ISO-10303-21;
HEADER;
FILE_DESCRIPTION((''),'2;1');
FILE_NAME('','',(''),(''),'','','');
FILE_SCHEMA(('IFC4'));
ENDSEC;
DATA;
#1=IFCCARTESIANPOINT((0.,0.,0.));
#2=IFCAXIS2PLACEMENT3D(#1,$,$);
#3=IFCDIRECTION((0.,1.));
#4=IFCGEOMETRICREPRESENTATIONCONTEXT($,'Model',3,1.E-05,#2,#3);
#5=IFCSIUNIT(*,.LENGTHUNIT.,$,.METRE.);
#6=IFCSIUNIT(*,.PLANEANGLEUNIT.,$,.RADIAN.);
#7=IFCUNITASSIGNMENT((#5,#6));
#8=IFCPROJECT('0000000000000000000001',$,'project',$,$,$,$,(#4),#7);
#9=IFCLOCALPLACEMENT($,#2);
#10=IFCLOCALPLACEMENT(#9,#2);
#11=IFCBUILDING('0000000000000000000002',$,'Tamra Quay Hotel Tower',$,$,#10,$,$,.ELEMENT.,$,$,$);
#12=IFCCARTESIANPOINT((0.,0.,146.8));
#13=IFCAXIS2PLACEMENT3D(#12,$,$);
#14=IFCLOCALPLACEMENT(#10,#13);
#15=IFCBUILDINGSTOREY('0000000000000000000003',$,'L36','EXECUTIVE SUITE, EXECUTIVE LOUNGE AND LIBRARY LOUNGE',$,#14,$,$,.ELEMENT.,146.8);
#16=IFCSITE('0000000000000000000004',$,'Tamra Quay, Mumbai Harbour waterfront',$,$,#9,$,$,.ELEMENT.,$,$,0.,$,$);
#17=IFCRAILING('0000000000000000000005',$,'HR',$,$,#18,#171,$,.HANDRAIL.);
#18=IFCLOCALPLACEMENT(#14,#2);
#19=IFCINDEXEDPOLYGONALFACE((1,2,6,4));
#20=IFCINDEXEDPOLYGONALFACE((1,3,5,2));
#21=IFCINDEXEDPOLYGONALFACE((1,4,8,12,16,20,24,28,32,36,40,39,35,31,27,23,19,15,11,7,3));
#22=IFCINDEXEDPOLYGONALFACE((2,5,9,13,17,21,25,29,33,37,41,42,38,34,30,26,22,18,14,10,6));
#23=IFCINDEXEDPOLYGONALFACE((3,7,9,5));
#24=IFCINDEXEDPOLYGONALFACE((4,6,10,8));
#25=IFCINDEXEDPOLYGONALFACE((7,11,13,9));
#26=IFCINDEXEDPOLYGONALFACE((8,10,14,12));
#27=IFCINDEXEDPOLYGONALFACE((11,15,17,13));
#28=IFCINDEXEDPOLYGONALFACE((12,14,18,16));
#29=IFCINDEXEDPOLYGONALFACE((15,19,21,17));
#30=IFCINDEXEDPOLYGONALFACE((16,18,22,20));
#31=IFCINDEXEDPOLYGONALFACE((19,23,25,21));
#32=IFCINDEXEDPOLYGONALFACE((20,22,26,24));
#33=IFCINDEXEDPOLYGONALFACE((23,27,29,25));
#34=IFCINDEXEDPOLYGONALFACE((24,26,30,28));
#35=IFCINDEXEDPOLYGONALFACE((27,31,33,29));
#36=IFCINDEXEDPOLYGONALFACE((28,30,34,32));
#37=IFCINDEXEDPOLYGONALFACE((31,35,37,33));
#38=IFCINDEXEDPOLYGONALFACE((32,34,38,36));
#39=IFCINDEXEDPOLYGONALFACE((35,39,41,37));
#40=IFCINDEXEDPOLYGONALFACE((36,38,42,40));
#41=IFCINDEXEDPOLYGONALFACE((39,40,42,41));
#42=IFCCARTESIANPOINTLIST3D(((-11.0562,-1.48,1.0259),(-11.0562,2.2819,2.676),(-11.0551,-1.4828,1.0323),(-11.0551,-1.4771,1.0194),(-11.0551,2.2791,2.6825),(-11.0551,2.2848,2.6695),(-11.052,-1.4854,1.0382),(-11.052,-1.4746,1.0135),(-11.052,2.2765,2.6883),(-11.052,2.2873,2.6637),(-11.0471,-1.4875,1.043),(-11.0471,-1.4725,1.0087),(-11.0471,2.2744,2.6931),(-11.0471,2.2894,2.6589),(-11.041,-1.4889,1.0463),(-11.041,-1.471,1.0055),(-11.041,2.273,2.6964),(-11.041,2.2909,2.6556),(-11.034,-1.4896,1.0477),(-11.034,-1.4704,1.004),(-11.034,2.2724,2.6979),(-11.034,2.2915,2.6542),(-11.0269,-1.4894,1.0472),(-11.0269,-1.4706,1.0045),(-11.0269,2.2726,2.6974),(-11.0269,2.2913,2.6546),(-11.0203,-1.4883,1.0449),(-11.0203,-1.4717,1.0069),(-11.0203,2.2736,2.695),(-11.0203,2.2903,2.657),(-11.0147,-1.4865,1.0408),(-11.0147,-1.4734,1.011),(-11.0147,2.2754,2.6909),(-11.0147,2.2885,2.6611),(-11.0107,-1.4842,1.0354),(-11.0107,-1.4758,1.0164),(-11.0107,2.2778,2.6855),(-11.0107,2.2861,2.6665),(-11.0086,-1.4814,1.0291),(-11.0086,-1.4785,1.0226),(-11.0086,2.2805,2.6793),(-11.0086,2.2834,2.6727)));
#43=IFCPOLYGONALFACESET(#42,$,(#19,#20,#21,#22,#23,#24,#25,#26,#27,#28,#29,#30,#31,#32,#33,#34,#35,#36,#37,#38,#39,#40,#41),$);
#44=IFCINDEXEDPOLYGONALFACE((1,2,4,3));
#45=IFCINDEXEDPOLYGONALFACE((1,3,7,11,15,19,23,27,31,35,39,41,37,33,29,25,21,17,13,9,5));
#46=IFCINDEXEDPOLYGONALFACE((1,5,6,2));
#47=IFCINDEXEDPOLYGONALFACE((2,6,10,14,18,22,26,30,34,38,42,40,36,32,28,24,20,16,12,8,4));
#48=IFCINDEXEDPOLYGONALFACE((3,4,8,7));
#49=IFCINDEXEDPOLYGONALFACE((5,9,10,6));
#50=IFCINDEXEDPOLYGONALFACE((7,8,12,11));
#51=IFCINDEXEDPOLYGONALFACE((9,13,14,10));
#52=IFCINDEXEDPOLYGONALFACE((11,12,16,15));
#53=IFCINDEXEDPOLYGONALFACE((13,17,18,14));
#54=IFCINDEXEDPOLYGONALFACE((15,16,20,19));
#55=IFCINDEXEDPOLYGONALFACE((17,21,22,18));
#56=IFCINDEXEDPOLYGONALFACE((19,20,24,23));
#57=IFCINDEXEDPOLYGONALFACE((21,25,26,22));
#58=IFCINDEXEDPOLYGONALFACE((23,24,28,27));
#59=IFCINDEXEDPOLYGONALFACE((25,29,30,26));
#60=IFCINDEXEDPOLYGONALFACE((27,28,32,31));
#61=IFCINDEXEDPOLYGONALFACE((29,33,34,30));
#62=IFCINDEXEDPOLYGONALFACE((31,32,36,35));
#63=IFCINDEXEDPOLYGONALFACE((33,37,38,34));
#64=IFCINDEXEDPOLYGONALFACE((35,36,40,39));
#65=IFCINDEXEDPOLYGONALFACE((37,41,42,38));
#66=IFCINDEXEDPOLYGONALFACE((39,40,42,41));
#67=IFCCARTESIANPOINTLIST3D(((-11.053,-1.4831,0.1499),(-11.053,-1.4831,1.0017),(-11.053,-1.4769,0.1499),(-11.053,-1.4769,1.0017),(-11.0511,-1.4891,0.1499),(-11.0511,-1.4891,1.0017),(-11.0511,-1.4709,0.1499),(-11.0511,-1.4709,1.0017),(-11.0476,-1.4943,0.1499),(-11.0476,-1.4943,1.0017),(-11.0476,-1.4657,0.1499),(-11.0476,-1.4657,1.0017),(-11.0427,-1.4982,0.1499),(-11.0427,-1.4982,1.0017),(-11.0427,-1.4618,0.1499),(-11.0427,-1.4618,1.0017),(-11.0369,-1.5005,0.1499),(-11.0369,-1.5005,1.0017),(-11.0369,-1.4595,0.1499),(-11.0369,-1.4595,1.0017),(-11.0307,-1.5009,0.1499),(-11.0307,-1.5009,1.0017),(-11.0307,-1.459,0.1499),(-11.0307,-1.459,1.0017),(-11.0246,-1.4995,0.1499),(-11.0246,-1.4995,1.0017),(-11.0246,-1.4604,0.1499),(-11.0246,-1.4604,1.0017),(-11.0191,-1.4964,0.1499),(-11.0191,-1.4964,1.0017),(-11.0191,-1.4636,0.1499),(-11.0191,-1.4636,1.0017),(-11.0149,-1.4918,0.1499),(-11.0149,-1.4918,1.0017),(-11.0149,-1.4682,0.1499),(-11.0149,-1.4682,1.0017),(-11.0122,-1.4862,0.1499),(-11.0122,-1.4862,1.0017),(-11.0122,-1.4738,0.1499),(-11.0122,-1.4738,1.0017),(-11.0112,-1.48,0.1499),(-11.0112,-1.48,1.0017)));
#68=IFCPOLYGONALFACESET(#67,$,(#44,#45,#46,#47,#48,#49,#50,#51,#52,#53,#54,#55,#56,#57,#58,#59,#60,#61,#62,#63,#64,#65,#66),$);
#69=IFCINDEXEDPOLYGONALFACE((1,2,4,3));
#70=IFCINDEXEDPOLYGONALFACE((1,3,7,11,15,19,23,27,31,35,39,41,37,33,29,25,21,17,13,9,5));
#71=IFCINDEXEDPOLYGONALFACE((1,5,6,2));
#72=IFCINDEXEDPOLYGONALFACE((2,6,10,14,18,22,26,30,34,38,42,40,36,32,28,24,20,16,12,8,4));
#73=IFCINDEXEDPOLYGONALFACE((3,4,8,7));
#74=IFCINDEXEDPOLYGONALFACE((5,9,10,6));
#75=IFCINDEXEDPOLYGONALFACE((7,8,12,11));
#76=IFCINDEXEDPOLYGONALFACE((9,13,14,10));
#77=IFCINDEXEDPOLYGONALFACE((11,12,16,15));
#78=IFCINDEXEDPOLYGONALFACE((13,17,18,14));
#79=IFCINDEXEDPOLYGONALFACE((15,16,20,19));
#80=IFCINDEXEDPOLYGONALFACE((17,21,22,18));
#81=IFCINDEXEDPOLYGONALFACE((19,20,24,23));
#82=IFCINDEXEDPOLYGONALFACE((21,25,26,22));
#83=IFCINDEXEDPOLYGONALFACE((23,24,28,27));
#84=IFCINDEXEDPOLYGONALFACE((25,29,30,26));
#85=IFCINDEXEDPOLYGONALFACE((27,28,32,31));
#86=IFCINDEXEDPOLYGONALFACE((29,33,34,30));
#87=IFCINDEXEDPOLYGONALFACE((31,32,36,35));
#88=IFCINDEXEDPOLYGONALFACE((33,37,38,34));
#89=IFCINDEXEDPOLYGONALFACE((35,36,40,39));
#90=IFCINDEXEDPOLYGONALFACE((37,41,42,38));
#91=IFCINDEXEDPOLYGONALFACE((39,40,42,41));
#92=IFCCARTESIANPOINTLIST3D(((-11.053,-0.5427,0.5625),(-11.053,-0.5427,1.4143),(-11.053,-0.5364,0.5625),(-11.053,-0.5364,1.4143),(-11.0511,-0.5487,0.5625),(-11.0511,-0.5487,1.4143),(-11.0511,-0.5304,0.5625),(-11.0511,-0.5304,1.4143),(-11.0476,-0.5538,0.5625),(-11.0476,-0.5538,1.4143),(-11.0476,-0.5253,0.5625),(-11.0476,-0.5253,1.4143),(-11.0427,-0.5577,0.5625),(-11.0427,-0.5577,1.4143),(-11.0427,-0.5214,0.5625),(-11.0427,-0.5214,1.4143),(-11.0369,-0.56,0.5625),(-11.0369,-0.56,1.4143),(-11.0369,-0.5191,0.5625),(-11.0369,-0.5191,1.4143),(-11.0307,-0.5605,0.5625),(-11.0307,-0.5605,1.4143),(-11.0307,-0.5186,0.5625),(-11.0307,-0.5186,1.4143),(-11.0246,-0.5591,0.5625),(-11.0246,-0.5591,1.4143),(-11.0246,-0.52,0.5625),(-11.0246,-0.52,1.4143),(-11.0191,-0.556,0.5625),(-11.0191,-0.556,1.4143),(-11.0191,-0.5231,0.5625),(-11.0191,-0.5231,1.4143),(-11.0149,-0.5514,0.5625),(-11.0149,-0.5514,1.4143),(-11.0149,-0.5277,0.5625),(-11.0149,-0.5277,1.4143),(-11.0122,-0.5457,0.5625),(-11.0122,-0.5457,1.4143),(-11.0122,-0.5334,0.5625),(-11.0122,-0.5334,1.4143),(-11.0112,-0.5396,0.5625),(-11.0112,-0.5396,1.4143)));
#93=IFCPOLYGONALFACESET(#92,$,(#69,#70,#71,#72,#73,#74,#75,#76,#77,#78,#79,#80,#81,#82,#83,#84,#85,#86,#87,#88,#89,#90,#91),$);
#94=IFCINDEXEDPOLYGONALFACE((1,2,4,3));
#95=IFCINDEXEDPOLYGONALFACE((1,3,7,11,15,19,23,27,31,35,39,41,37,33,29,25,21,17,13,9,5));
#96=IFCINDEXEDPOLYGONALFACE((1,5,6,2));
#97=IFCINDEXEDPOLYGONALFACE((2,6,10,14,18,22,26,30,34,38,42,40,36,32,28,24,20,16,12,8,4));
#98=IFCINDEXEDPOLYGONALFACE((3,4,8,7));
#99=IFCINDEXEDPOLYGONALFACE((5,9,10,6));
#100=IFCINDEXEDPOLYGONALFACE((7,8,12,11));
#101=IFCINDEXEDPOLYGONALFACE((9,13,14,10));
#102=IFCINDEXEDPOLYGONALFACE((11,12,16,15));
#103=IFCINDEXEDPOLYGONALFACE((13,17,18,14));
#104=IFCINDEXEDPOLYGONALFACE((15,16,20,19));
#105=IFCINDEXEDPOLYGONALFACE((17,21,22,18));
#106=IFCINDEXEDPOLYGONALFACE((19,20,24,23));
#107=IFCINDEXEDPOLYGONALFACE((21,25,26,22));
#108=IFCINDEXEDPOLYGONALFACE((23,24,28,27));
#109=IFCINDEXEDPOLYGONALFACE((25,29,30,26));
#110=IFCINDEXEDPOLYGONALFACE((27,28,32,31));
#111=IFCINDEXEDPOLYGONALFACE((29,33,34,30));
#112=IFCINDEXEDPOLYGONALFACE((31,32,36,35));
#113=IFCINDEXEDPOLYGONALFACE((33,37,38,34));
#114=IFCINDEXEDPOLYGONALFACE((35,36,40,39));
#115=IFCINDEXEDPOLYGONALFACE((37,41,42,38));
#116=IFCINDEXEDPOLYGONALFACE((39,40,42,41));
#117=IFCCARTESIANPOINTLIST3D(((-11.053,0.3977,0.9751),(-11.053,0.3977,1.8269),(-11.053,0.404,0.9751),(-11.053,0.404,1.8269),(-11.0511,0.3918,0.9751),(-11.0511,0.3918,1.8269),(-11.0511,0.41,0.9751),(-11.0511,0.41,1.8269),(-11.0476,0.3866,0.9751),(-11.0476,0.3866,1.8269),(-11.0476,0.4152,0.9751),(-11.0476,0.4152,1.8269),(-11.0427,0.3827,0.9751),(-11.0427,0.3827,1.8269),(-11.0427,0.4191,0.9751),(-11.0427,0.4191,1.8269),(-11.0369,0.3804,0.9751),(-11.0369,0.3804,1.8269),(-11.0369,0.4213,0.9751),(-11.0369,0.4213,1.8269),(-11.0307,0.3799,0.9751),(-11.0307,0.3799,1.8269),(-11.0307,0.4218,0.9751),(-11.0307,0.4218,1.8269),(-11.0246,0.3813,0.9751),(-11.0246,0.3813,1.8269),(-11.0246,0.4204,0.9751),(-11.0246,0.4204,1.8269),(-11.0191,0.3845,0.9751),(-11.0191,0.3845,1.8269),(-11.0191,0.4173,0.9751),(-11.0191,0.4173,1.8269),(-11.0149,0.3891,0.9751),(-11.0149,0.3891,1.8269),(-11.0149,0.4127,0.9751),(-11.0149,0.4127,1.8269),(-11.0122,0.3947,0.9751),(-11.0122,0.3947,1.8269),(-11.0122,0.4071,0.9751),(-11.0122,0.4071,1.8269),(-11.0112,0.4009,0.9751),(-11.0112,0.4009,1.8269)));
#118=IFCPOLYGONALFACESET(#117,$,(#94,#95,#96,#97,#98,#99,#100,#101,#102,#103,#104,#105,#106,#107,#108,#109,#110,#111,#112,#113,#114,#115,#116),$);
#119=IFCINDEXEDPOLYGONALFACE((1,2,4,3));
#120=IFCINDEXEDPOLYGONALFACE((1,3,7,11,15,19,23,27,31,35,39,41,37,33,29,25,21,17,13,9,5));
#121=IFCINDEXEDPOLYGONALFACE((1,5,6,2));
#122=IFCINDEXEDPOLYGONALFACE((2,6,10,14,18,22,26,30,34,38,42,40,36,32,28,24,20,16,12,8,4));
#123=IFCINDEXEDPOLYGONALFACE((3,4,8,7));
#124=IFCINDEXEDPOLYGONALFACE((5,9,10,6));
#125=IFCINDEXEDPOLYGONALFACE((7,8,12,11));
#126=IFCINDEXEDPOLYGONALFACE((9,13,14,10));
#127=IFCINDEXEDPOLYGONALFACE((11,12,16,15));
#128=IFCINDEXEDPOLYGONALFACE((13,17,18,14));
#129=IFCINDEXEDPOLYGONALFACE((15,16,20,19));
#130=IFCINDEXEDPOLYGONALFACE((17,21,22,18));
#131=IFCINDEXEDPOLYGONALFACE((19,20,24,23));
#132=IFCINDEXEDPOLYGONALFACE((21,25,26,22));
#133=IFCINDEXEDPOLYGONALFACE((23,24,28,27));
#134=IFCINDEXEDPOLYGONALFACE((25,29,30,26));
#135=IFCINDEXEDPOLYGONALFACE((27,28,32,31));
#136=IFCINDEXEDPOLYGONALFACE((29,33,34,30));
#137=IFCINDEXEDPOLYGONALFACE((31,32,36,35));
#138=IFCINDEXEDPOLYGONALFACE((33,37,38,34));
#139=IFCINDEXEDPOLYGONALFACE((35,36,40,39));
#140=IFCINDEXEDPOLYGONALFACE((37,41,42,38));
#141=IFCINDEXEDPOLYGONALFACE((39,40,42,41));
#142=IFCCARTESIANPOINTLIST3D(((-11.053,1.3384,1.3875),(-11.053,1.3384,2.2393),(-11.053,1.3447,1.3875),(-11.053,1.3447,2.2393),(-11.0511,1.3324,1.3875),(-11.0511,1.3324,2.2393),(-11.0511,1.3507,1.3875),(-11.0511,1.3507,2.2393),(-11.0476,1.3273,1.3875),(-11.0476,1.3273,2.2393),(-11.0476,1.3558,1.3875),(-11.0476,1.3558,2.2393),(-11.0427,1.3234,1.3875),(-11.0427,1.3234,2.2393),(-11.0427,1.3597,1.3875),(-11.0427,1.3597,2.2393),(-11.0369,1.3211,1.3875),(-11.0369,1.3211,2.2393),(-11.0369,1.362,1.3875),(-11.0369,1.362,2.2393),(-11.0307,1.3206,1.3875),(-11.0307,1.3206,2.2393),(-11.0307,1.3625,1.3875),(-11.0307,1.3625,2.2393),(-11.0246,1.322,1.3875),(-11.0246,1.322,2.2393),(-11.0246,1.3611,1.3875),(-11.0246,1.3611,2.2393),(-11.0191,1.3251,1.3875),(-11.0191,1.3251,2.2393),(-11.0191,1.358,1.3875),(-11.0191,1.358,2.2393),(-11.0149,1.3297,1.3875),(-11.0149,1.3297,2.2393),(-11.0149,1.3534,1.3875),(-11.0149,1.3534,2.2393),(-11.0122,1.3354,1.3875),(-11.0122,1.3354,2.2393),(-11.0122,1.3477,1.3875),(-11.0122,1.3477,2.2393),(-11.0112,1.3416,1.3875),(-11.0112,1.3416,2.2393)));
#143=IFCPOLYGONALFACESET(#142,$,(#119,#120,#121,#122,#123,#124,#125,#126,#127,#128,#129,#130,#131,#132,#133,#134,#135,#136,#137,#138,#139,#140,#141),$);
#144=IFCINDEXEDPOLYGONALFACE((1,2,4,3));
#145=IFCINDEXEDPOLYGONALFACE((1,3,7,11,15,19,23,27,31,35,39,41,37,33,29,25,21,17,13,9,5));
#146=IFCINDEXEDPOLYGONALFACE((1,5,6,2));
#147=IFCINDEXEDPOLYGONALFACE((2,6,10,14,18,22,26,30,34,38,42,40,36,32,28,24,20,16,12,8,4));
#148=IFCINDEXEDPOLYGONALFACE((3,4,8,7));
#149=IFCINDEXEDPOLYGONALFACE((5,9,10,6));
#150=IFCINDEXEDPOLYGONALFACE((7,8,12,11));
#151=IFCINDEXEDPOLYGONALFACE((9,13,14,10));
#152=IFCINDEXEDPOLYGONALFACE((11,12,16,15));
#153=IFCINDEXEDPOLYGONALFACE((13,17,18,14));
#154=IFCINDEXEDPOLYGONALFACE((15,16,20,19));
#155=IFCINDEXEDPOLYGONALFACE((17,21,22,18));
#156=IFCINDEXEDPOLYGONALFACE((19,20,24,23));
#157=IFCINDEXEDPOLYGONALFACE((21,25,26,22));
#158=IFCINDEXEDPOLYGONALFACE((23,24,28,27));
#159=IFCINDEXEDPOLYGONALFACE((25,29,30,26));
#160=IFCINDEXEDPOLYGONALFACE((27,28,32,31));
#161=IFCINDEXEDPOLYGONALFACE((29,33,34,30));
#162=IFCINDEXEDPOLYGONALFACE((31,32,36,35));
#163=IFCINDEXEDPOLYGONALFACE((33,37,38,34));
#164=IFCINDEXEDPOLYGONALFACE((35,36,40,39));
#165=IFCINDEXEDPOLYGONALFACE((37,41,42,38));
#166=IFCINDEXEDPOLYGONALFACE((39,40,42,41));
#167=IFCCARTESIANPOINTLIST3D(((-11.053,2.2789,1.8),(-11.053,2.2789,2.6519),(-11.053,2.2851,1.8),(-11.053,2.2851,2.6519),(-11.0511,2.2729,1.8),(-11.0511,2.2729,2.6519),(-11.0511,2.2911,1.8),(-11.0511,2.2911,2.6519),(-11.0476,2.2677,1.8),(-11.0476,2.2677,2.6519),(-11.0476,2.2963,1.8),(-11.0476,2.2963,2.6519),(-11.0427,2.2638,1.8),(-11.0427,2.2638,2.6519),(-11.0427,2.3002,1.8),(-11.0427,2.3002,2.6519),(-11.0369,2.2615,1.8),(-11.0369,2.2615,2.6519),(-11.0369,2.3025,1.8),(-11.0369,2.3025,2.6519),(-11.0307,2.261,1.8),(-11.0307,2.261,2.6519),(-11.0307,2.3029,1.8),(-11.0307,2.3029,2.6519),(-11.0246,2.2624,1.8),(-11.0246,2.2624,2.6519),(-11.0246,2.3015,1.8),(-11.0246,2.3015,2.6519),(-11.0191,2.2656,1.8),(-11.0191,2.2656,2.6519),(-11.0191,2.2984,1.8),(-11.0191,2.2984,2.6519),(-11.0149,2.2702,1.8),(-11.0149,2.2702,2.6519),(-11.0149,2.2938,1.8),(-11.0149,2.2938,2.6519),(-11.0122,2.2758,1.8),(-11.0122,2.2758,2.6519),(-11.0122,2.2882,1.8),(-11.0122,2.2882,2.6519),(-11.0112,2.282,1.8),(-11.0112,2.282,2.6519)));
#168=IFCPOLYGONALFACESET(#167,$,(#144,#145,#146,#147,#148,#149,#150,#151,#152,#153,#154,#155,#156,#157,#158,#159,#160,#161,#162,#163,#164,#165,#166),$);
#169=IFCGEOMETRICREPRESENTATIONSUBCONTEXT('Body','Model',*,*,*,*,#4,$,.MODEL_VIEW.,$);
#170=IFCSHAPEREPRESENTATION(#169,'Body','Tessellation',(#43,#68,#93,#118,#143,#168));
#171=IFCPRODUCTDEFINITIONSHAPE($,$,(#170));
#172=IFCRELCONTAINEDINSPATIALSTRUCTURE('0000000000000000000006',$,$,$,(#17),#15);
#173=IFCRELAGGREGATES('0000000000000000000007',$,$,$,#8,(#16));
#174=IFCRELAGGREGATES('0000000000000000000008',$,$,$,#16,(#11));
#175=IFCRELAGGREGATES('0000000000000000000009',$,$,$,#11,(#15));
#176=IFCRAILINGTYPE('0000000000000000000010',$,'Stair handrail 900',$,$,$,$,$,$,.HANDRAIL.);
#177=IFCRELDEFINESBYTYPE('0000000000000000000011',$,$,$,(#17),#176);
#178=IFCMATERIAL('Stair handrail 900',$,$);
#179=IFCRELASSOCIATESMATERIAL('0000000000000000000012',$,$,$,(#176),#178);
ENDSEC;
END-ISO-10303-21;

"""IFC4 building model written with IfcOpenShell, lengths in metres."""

from ifc_helpers import new_model, si_unit, direction, frame, origin, origin_2d, place, context, subcontext, project, spatial, circle, extrude, material, type_object, element, save


model = new_model("IFC4")

# Units and contexts
model_context = context("Model", 3, precision=1e-05, world=origin(), true_north=direction((0.0, 1.0)))
body_context = subcontext(model_context, "Body", "Model", "MODEL_VIEW")
ifc_project = project(units=[si_unit("LENGTHUNIT", "METRE"), si_unit("PLANEANGLEUNIT", "RADIAN")], contexts=[model_context])

# Site, building, storey
site_placement = place(None, origin())
site = spatial("IfcSite", under=ifc_project, at=site_placement, Name="Tamra Quay, Mumbai Harbour waterfront", CompositionType="ELEMENT", RefElevation=0.0)
building_placement = place(site_placement, origin())
building = spatial("IfcBuilding", under=site, at=building_placement, Name="Tamra Quay Hotel Tower", CompositionType="ELEMENT")
storey_placement = place(building_placement, frame((0.0, 0.0, 146.8)))
storey = spatial("IfcBuildingStorey", under=building, at=storey_placement, Name="L36", Description="EXECUTIVE SUITE, EXECUTIVE LOUNGE AND LIBRARY LOUNGE", CompositionType="ELEMENT", Elevation=146.8)

# Railing
ifc_material_1 = material(Name="Stair handrail 900")
railing_type_1 = type_object("IfcRailingType", Name="Stair handrail 900", PredefinedType="HANDRAIL", material=ifc_material_1)
railing_1_placement = place(storey_placement, frame((-11.0322, -1.48, 0.1499)))
element("IfcRailing", 1, at=railing_1_placement, inside=storey, type_object=railing_type_1, Name="HR", PredefinedType="HANDRAIL", context=body_context, shape_type="SweptSolid", body=[
    extrude(circle(Radius=0.0239, at=origin_2d()), frame((0.0, 0.0, 0.876), z_axis=(0.0, 0.915774, 0.401695), x_axis=(-1.0, 0.0, 0.0)), (0.0, 0.0, 1.0), 4.1079),
    extrude(circle(Radius=0.021, at=origin_2d()), origin(), (0.0, 0.0, 1.0), 0.8518),
    extrude(circle(Radius=0.021, at=origin_2d()), frame((0.0, 0.9404, 0.4126)), (0.0, 0.0, 1.0), 0.8518),
    extrude(circle(Radius=0.021, at=origin_2d()), frame((0.0, 1.8809, 0.8252)), (0.0, 0.0, 1.0), 0.8518),
    extrude(circle(Radius=0.021, at=origin_2d()), frame((0.0, 2.8215, 1.2375)), (0.0, 0.0, 1.0), 0.8518),
    extrude(circle(Radius=0.021, at=origin_2d()), frame((0.0, 3.762, 1.6501)), (0.0, 0.0, 1.0), 0.8518),
])

save(model, "model.ifc")
